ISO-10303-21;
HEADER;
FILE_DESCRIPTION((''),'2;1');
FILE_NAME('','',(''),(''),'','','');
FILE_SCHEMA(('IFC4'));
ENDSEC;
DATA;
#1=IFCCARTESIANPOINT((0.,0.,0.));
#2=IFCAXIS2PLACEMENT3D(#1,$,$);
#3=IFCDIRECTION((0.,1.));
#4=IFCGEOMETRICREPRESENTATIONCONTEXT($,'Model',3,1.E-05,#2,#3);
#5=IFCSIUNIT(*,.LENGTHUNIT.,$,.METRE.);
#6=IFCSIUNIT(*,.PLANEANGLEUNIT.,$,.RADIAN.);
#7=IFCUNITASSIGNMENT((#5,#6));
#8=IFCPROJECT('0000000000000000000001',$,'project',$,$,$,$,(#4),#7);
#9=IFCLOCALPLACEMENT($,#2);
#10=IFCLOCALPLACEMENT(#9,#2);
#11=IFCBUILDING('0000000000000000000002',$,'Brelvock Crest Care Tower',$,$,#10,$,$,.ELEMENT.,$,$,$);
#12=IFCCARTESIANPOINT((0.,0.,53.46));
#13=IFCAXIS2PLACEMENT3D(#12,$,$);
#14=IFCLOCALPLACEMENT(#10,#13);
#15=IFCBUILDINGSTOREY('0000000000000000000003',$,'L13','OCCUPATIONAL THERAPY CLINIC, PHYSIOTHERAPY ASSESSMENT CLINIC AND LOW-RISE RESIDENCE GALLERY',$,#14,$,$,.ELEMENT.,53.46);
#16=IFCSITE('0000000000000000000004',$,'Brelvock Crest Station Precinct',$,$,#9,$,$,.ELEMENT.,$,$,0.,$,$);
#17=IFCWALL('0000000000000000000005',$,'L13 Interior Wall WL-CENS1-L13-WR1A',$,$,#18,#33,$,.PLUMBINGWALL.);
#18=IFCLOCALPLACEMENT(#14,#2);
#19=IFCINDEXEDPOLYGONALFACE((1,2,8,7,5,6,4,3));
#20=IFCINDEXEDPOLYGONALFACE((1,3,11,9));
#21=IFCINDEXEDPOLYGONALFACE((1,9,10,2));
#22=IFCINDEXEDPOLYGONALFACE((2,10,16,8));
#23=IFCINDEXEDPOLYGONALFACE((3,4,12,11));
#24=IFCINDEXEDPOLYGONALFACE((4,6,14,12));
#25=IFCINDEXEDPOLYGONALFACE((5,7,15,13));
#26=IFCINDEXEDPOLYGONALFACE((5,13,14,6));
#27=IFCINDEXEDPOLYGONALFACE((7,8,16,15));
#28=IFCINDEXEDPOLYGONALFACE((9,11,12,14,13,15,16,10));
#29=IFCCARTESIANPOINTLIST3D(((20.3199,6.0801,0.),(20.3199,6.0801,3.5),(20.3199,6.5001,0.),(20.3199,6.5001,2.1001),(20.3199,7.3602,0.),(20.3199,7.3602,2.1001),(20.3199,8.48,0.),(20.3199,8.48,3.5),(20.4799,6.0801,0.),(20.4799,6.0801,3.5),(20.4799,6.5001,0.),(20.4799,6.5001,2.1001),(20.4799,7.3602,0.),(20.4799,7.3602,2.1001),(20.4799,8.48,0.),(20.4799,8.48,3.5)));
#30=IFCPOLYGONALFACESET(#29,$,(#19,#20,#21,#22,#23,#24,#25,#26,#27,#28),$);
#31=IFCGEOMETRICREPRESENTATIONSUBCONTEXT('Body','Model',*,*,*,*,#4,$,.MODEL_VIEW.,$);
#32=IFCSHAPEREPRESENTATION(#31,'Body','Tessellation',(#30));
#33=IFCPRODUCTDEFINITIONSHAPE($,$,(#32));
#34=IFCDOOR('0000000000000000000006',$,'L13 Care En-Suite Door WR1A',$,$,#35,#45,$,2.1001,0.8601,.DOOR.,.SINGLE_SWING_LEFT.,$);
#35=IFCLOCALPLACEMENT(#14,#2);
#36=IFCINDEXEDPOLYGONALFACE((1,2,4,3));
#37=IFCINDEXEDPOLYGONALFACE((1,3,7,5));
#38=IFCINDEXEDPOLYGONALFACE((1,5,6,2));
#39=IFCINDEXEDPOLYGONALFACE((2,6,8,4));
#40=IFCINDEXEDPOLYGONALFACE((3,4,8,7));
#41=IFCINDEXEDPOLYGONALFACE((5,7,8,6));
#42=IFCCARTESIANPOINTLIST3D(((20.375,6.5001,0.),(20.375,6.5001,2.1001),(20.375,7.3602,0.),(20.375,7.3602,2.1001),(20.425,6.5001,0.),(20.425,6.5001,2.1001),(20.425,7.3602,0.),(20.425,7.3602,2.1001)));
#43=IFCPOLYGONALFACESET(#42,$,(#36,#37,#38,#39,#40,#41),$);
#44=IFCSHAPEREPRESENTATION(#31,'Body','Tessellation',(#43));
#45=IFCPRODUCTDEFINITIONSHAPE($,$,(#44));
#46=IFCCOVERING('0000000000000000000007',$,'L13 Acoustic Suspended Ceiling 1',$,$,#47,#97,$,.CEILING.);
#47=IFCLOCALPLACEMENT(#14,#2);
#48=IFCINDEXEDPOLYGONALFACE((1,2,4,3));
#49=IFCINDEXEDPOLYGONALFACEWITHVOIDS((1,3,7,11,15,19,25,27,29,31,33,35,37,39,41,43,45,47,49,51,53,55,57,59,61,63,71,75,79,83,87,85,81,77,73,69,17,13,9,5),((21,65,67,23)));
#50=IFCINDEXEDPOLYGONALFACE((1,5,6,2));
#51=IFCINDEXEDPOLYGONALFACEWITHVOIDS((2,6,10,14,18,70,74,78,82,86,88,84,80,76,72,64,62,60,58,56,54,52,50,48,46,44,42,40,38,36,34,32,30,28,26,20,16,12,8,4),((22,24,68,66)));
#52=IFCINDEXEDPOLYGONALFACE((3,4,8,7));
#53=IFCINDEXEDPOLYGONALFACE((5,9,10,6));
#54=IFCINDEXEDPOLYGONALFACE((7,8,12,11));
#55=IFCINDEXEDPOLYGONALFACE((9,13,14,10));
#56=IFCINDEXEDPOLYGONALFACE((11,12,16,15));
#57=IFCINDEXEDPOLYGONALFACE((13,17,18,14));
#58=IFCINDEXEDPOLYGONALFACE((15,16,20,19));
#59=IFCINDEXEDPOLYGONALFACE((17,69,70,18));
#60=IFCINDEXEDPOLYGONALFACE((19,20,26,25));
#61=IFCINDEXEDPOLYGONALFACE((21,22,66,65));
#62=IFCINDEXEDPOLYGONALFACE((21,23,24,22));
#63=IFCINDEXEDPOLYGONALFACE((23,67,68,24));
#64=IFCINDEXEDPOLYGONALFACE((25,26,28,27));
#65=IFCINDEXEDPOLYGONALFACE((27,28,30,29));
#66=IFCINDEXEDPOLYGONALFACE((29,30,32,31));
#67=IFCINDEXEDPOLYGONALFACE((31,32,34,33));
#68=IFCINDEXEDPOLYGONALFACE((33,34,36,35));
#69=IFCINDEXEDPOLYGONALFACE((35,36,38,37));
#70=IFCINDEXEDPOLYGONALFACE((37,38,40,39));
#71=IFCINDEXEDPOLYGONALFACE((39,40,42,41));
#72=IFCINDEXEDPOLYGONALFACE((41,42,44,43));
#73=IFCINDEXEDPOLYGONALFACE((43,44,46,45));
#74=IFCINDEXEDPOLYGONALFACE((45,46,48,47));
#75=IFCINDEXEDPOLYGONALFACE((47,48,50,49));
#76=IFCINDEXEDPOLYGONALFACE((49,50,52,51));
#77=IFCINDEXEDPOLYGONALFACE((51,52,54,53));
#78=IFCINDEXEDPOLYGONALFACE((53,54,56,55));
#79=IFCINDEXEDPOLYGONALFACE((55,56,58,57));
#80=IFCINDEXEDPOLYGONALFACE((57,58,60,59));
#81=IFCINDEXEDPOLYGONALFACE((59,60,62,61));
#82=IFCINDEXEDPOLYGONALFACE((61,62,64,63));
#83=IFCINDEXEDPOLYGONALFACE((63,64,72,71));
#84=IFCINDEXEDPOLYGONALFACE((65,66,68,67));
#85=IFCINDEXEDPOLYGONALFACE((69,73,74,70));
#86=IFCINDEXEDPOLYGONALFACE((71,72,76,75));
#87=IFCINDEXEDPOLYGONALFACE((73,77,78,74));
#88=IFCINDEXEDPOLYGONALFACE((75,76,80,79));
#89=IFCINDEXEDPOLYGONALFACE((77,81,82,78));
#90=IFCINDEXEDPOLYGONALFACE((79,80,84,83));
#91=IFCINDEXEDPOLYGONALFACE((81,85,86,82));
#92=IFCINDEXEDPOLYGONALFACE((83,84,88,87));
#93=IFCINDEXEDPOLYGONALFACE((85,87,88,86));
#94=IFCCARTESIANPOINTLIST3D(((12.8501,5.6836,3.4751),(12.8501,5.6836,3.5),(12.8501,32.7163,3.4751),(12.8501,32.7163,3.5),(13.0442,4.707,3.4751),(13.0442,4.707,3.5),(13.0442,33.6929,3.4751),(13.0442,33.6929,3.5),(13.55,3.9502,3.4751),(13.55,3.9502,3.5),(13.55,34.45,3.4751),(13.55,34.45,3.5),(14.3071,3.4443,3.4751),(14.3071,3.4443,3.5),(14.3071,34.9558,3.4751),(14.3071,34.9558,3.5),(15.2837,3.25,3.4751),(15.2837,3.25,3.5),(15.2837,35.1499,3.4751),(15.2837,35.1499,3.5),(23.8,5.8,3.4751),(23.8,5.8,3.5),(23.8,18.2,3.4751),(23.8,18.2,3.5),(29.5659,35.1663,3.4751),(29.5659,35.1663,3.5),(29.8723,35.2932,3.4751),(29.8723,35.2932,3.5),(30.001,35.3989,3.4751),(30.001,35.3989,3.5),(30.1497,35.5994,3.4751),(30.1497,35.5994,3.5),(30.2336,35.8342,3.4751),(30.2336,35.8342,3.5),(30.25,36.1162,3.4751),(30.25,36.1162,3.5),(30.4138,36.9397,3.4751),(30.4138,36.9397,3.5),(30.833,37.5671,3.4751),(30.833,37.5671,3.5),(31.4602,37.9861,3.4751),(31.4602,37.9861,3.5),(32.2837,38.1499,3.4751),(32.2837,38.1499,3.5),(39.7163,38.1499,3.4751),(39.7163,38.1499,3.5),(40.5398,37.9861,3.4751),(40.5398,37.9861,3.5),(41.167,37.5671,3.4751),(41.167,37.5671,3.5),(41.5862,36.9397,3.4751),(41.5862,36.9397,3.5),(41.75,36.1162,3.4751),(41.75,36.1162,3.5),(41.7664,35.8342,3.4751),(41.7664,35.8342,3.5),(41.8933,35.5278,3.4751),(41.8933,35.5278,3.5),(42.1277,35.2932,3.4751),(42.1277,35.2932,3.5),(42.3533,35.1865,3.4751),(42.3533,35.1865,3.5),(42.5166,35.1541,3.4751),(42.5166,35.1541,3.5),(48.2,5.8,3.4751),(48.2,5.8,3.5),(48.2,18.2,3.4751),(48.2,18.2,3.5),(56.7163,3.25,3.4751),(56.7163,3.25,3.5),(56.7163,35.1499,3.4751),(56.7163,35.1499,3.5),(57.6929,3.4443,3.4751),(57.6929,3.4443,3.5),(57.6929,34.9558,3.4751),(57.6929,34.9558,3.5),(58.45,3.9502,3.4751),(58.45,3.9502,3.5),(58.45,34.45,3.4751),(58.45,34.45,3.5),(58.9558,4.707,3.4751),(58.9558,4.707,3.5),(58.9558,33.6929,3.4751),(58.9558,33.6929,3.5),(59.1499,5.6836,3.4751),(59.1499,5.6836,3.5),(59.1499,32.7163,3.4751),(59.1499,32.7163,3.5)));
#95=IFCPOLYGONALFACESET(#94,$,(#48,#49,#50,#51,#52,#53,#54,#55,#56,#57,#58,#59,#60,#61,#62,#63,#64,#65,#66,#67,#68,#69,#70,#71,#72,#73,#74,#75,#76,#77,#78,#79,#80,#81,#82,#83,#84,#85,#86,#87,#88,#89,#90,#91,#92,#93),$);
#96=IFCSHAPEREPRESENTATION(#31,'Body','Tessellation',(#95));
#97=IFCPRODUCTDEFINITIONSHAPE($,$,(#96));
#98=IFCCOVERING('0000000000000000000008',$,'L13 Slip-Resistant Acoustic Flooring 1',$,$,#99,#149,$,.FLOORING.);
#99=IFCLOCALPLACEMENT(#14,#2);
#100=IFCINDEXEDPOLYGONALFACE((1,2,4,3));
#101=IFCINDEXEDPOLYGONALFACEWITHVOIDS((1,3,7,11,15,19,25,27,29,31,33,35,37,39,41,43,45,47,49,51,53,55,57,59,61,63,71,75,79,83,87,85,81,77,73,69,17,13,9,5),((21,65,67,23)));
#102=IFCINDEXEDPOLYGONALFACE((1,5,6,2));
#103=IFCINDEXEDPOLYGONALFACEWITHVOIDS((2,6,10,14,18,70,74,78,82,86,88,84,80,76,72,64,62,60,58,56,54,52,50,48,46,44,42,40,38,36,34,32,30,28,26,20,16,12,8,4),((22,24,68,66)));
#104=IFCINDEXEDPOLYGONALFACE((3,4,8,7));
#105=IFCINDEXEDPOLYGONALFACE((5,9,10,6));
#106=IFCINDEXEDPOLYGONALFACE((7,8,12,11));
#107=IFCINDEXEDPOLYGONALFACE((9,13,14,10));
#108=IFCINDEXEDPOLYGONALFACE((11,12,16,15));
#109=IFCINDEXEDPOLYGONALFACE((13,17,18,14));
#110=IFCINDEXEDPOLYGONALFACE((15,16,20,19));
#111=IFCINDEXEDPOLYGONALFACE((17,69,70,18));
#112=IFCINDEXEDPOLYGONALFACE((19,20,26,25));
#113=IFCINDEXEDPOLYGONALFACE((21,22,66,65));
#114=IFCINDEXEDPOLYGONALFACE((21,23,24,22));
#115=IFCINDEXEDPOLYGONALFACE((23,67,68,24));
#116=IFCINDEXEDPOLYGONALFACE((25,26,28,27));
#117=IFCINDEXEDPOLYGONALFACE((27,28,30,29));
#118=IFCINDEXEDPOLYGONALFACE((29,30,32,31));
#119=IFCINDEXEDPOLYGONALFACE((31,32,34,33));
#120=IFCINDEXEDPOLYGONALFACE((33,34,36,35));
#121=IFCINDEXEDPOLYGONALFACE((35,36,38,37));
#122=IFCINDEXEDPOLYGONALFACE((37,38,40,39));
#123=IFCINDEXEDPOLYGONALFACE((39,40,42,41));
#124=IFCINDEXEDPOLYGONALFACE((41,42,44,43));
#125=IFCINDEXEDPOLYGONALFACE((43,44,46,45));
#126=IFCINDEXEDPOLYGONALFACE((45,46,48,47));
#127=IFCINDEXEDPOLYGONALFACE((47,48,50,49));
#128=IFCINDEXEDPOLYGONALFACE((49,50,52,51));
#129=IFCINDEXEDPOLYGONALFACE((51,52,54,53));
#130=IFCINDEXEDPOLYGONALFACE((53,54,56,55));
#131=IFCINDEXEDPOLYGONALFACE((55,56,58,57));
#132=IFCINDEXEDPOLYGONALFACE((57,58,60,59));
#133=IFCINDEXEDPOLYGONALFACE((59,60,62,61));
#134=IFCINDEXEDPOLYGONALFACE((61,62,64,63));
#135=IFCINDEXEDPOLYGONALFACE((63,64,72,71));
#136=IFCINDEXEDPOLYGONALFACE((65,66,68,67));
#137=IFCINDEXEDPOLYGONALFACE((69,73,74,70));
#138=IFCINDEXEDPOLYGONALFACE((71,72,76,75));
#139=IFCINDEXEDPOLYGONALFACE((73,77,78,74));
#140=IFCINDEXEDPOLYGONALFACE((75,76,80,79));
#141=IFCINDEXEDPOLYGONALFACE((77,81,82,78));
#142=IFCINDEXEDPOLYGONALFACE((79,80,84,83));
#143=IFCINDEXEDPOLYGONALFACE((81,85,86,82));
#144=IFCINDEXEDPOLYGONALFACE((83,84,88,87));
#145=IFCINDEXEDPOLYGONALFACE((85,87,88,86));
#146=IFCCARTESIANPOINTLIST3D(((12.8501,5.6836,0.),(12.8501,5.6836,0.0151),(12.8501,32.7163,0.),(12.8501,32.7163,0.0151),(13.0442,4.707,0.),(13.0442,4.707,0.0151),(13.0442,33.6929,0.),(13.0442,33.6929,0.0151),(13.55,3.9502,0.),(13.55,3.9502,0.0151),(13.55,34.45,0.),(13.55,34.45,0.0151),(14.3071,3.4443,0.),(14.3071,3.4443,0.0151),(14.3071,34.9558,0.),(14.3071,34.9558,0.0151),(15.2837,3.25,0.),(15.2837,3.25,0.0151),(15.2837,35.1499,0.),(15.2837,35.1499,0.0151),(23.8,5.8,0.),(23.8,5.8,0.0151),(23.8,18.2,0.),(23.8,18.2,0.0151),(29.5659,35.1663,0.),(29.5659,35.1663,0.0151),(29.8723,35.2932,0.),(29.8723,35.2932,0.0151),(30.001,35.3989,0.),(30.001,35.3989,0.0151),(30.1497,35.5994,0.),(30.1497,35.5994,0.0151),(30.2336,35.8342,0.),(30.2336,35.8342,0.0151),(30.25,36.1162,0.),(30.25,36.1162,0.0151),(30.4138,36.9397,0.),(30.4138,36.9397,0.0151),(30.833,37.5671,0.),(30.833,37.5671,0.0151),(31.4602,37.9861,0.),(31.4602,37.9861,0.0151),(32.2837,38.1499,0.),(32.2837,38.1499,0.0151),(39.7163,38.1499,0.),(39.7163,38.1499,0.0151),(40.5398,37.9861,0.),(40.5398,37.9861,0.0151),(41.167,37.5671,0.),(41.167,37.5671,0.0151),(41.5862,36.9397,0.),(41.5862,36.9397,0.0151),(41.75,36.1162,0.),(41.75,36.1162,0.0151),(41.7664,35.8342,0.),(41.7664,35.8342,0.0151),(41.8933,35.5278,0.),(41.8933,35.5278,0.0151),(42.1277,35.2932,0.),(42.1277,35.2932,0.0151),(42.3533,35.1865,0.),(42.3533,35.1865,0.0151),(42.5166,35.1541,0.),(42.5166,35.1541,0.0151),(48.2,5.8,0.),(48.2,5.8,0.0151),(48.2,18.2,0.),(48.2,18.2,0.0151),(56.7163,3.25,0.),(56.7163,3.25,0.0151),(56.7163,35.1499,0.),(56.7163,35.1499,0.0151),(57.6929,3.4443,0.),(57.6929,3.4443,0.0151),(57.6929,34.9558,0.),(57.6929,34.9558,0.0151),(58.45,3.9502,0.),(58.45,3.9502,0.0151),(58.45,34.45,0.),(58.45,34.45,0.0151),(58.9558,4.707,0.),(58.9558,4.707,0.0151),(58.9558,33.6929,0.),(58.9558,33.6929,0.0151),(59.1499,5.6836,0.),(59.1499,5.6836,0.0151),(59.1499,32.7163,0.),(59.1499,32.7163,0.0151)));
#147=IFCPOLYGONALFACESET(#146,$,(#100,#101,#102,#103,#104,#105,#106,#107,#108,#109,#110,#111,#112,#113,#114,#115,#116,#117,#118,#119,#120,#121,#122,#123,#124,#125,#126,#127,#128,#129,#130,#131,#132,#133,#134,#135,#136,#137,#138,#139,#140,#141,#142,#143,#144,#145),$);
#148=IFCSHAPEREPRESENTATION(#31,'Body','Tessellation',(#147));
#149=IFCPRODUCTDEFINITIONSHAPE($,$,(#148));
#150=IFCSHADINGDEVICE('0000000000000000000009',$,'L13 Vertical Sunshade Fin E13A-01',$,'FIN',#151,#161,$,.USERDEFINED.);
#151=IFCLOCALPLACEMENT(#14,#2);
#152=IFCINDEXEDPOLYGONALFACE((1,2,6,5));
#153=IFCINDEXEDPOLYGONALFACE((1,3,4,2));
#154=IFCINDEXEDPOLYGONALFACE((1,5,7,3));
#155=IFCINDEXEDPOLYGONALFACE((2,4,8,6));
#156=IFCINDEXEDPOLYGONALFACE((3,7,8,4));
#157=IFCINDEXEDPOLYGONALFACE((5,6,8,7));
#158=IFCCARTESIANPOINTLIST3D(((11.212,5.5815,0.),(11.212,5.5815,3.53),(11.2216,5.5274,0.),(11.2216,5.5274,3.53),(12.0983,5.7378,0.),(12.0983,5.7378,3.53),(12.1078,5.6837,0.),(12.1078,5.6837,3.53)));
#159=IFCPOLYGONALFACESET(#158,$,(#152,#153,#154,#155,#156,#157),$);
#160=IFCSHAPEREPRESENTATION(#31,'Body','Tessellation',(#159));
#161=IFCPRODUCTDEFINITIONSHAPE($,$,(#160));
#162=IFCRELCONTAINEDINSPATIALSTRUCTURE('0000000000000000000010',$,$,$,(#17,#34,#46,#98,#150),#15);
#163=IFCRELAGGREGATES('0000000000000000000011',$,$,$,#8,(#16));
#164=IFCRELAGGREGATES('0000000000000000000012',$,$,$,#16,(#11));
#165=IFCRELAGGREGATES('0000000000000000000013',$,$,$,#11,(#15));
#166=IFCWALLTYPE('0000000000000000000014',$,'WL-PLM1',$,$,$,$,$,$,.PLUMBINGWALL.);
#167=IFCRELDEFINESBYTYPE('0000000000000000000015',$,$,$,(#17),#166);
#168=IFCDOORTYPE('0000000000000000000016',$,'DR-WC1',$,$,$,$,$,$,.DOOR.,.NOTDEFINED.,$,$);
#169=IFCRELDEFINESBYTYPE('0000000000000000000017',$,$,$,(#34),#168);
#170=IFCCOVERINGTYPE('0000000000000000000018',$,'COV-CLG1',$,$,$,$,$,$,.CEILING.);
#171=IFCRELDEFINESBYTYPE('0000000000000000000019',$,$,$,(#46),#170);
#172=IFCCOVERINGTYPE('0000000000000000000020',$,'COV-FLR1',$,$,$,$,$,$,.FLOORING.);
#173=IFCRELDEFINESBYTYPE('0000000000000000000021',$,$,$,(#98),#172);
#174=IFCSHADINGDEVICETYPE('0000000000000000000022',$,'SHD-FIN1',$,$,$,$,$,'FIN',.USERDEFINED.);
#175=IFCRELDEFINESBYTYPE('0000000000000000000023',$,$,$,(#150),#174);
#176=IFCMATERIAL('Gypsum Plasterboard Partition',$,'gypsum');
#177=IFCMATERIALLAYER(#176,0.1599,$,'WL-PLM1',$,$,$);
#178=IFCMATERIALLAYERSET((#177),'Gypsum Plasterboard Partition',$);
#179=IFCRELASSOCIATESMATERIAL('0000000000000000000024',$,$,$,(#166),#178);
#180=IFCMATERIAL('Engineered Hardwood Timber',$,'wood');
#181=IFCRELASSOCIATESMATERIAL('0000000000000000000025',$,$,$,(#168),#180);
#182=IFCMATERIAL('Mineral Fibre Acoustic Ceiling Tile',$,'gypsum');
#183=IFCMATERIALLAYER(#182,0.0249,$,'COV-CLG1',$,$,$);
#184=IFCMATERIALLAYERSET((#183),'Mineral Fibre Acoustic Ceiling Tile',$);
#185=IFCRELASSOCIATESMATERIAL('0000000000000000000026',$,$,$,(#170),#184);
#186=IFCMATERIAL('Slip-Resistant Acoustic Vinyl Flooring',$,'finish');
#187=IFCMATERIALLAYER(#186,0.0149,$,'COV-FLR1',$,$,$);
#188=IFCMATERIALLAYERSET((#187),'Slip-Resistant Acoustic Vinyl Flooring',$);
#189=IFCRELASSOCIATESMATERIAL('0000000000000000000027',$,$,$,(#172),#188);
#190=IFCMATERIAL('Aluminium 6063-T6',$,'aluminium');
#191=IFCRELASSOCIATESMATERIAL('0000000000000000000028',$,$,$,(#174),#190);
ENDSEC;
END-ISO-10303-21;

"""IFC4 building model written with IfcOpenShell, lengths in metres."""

from ifc_helpers import new_model, si_unit, direction, frame, frame_2d, origin, origin_2d, place, context, subcontext, project, spatial, polyline, rectangle, outline, extrude, source, transform, mapped, material, layer, layer_set, material_profile, profile_set, type_object, element, fill, save


model = new_model("IFC4")

# Units and contexts
model_context = context("Model", 3, precision=1e-05, world=origin(), true_north=direction((0.0, 1.0)))
body_context = subcontext(model_context, "Body", "Model", "MODEL_VIEW")
ifc_project = project(units=[si_unit("LENGTHUNIT", "METRE"), si_unit("PLANEANGLEUNIT", "RADIAN")], contexts=[model_context])

# Site, building, storey
site_placement = place(None, origin())
site = spatial("IfcSite", under=ifc_project, at=site_placement, Name="Brelvock Crest Station Precinct", CompositionType="ELEMENT", RefElevation=0.0)
building_placement = place(site_placement, origin())
building = spatial("IfcBuilding", under=site, at=building_placement, Name="Brelvock Crest Care Tower", CompositionType="ELEMENT")
storey_placement = place(building_placement, frame((0.0, 0.0, 53.46)))
storey = spatial("IfcBuildingStorey", under=building, at=storey_placement, Name="L13", Description="OCCUPATIONAL THERAPY CLINIC, PHYSIOTHERAPY ASSESSMENT CLINIC AND LOW-RISE RESIDENCE GALLERY", CompositionType="ELEMENT", Elevation=53.46)

# Shared definitions
ifc_material_1 = material(Name="Aluminium 6063-T6", Category="aluminium")

# Shared definitions
ifc_material_2 = material(Name="Engineered Hardwood Timber", Category="wood")

# Shared definitions
ifc_material_3 = material(Name="Gypsum Plasterboard Partition", Category="gypsum")
ifc_layer_1 = layer(ifc_material_3, 0.1599, Name="WL-PLM1")
ifc_layer_set_1 = layer_set([ifc_layer_1], Name="Gypsum Plasterboard Partition")
wall_type_1 = type_object("IfcWallType", Name="WL-PLM1", PredefinedType="PLUMBINGWALL", material=ifc_layer_set_1)

# Wall, opening, door
wall_1_placement = place(storey_placement, frame((20.3999, 6.0801, 0.0), z_axis=(0.0, 0.0, 1.0), x_axis=(0.0, 1.0, 0.0)))
wall_1 = element("IfcWall", 1, at=wall_1_placement, inside=storey, type_object=wall_type_1, Name="L13 Interior Wall WL-CENS1-L13-WR1A", PredefinedType="PLUMBINGWALL", context=body_context, shape_type="SweptSolid", body=[
    extrude(rectangle(XDim=2.3999, YDim=0.1599, at=frame_2d((1.2, 0.0))), origin(), (0.0, 0.0, 1.0), 3.5),
])
opening_1_placement = place(wall_1_placement, frame((0.4199, 0.0, 0.0)))
opening_1 = element("IfcOpeningElement", 2, at=opening_1_placement, cuts=wall_1, PredefinedType="OPENING", context=body_context, shape_type="SweptSolid", body=[
    extrude(rectangle(XDim=0.8601, YDim=2.1001, at=origin_2d()), frame((0.4302, 0.0898, 1.05), z_axis=(0.0, -1.0, 0.0), x_axis=(1.0, 0.0, 0.0)), (0.0, 0.0, 1.0), 0.1799),
])
door_type_1 = type_object("IfcDoorType", Name="DR-WC1", OperationType="NOTDEFINED", PredefinedType="DOOR", material=ifc_material_2)
shared_shape_1 = source(origin(), body_context, "Body", "SweptSolid", [
    extrude(rectangle(XDim=0.8601, YDim=2.1001, at=origin_2d()), frame((0.4302, 0.0249, 1.05), z_axis=(0.0, -1.0, 0.0), x_axis=(1.0, 0.0, 0.0)), (0.0, 0.0, 1.0), 0.05),
])
door_1_placement = place(opening_1_placement, origin())
door_1 = element("IfcDoor", 3, at=door_1_placement, inside=storey, type_object=door_type_1, Name="L13 Care En-Suite Door WR1A", OperationType="SINGLE_SWING_LEFT", OverallHeight=2.1001, OverallWidth=0.8601, PredefinedType="DOOR", context=body_context, shape_type="MappedRepresentation", body=[
    mapped(shared_shape_1, transform((0.0, 0.0, 0.0), x_axis=(1.0, 0.0, 0.0), y_axis=(0.0, 1.0, 0.0), z_axis=(0.0, 0.0, 1.0), scale=1.0)),
])
fill(opening_1, door_1)

# Coverings
ifc_material_4 = material(Name="Mineral Fibre Acoustic Ceiling Tile", Category="gypsum")
ifc_layer_2 = layer(ifc_material_4, 0.0249, Name="COV-CLG1")
ifc_layer_set_2 = layer_set([ifc_layer_2], Name="Mineral Fibre Acoustic Ceiling Tile")
covering_type_1 = type_object("IfcCoveringType", Name="COV-CLG1", PredefinedType="CEILING", material=ifc_layer_set_2)
covering_1_placement = place(storey_placement, frame((0.0, 0.0, 3.4751)))
element("IfcCovering", 4, at=covering_1_placement, inside=storey, type_object=covering_type_1, Name="L13 Acoustic Suspended Ceiling 1", PredefinedType="CEILING", context=body_context, shape_type="SweptSolid", body=[
    extrude(outline(polyline([(56.7163, 35.1499), (42.5166, 35.1541), (42.3533, 35.1865), (42.1277, 35.2932), (41.8933, 35.5278), (41.7664, 35.8342), (41.75, 36.1162), (41.5862, 36.9397), (41.167, 37.5671), (40.5398, 37.9861), (39.7163, 38.1499), (32.2837, 38.1499), (31.4602, 37.9861), (30.833, 37.5671), (30.4138, 36.9397), (30.25, 36.1162), (30.2336, 35.8342), (30.1497, 35.5994), (30.001, 35.3989), (29.8723, 35.2932), (29.5659, 35.1663), (15.2837, 35.1499), (14.3071, 34.9558), (13.55, 34.45), (13.0442, 33.6929), (12.8501, 32.7163), (12.8501, 5.6836), (13.0442, 4.707), (13.55, 3.9502), (14.3071, 3.4443), (15.2837, 3.25), (56.7163, 3.25), (57.6929, 3.4443), (58.45, 3.9502), (58.9558, 4.707), (59.1499, 5.6836), (59.1499, 32.7163), (58.9558, 33.6929), (58.45, 34.45), (57.6929, 34.9558), (56.7163, 35.1499)]), holes=[polyline([(48.2, 5.8), (48.2, 18.2), (23.8, 18.2), (23.8, 5.8), (48.2, 5.8)])]), origin(), (0.0, 0.0, 1.0), 0.0249),
])
ifc_material_5 = material(Name="Slip-Resistant Acoustic Vinyl Flooring", Category="finish")
ifc_layer_3 = layer(ifc_material_5, 0.0149, Name="COV-FLR1")
ifc_layer_set_3 = layer_set([ifc_layer_3], Name="Slip-Resistant Acoustic Vinyl Flooring")
covering_type_2 = type_object("IfcCoveringType", Name="COV-FLR1", PredefinedType="FLOORING", material=ifc_layer_set_3)
covering_2_placement = place(storey_placement, origin())
element("IfcCovering", 5, at=covering_2_placement, inside=storey, type_object=covering_type_2, Name="L13 Slip-Resistant Acoustic Flooring 1", PredefinedType="FLOORING", context=body_context, shape_type="SweptSolid", body=[
    extrude(outline(polyline([(56.7163, 35.1499), (42.5166, 35.1541), (42.3533, 35.1865), (42.1277, 35.2932), (41.8933, 35.5278), (41.7664, 35.8342), (41.75, 36.1162), (41.5862, 36.9397), (41.167, 37.5671), (40.5398, 37.9861), (39.7163, 38.1499), (32.2837, 38.1499), (31.4602, 37.9861), (30.833, 37.5671), (30.4138, 36.9397), (30.25, 36.1162), (30.2336, 35.8342), (30.1497, 35.5994), (30.001, 35.3989), (29.8723, 35.2932), (29.5659, 35.1663), (15.2837, 35.1499), (14.3071, 34.9558), (13.55, 34.45), (13.0442, 33.6929), (12.8501, 32.7163), (12.8501, 5.6836), (13.0442, 4.707), (13.55, 3.9502), (14.3071, 3.4443), (15.2837, 3.25), (56.7163, 3.25), (57.6929, 3.4443), (58.45, 3.9502), (58.9558, 4.707), (59.1499, 5.6836), (59.1499, 32.7163), (58.9558, 33.6929), (58.45, 34.45), (57.6929, 34.9558), (56.7163, 35.1499)]), holes=[polyline([(48.2, 5.8), (48.2, 18.2), (23.8, 18.2), (23.8, 5.8), (48.2, 5.8)])]), origin(), (0.0, 0.0, 1.0), 0.0151),
])

# Shading device
ifc_material_profile_1 = material_profile(ifc_material_1, rectangle(XDim=0.0549, YDim=0.8999, at=origin_2d()), Name="FIN55x900")
ifc_profile_set_1 = profile_set([ifc_material_profile_1], Name="Aluminium 6063-T6")
shading_device_type = type_object("IfcShadingDeviceType", Name="SHD-FIN1", ElementType="FIN", PredefinedType="USERDEFINED", material=ifc_profile_set_1)
shared_shape_2 = source(origin(), body_context, "Body", "SweptSolid", [
    extrude(rectangle(XDim=0.0549, YDim=0.8999, at=origin_2d()), origin(), (0.0, 0.0, 1.0), 3.53),
])
shading_device_placement = place(storey_placement, frame((11.6599, 5.6326, 0.0), z_axis=(0.0, 0.0, 1.0), x_axis=(-0.173648, 0.984808, 0.0)))
element("IfcShadingDevice", 6, at=shading_device_placement, inside=storey, type_object=shading_device_type, Name="L13 Vertical Sunshade Fin E13A-01", ObjectType="FIN", PredefinedType="USERDEFINED", context=body_context, shape_type="MappedRepresentation", body=[
    mapped(shared_shape_2, transform((0.0, 0.0, 0.0), x_axis=(1.0, 0.0, 0.0), y_axis=(0.0, 1.0, 0.0), z_axis=(0.0, 0.0, 1.0), scale=1.0)),
])

save(model, "model.ifc")
